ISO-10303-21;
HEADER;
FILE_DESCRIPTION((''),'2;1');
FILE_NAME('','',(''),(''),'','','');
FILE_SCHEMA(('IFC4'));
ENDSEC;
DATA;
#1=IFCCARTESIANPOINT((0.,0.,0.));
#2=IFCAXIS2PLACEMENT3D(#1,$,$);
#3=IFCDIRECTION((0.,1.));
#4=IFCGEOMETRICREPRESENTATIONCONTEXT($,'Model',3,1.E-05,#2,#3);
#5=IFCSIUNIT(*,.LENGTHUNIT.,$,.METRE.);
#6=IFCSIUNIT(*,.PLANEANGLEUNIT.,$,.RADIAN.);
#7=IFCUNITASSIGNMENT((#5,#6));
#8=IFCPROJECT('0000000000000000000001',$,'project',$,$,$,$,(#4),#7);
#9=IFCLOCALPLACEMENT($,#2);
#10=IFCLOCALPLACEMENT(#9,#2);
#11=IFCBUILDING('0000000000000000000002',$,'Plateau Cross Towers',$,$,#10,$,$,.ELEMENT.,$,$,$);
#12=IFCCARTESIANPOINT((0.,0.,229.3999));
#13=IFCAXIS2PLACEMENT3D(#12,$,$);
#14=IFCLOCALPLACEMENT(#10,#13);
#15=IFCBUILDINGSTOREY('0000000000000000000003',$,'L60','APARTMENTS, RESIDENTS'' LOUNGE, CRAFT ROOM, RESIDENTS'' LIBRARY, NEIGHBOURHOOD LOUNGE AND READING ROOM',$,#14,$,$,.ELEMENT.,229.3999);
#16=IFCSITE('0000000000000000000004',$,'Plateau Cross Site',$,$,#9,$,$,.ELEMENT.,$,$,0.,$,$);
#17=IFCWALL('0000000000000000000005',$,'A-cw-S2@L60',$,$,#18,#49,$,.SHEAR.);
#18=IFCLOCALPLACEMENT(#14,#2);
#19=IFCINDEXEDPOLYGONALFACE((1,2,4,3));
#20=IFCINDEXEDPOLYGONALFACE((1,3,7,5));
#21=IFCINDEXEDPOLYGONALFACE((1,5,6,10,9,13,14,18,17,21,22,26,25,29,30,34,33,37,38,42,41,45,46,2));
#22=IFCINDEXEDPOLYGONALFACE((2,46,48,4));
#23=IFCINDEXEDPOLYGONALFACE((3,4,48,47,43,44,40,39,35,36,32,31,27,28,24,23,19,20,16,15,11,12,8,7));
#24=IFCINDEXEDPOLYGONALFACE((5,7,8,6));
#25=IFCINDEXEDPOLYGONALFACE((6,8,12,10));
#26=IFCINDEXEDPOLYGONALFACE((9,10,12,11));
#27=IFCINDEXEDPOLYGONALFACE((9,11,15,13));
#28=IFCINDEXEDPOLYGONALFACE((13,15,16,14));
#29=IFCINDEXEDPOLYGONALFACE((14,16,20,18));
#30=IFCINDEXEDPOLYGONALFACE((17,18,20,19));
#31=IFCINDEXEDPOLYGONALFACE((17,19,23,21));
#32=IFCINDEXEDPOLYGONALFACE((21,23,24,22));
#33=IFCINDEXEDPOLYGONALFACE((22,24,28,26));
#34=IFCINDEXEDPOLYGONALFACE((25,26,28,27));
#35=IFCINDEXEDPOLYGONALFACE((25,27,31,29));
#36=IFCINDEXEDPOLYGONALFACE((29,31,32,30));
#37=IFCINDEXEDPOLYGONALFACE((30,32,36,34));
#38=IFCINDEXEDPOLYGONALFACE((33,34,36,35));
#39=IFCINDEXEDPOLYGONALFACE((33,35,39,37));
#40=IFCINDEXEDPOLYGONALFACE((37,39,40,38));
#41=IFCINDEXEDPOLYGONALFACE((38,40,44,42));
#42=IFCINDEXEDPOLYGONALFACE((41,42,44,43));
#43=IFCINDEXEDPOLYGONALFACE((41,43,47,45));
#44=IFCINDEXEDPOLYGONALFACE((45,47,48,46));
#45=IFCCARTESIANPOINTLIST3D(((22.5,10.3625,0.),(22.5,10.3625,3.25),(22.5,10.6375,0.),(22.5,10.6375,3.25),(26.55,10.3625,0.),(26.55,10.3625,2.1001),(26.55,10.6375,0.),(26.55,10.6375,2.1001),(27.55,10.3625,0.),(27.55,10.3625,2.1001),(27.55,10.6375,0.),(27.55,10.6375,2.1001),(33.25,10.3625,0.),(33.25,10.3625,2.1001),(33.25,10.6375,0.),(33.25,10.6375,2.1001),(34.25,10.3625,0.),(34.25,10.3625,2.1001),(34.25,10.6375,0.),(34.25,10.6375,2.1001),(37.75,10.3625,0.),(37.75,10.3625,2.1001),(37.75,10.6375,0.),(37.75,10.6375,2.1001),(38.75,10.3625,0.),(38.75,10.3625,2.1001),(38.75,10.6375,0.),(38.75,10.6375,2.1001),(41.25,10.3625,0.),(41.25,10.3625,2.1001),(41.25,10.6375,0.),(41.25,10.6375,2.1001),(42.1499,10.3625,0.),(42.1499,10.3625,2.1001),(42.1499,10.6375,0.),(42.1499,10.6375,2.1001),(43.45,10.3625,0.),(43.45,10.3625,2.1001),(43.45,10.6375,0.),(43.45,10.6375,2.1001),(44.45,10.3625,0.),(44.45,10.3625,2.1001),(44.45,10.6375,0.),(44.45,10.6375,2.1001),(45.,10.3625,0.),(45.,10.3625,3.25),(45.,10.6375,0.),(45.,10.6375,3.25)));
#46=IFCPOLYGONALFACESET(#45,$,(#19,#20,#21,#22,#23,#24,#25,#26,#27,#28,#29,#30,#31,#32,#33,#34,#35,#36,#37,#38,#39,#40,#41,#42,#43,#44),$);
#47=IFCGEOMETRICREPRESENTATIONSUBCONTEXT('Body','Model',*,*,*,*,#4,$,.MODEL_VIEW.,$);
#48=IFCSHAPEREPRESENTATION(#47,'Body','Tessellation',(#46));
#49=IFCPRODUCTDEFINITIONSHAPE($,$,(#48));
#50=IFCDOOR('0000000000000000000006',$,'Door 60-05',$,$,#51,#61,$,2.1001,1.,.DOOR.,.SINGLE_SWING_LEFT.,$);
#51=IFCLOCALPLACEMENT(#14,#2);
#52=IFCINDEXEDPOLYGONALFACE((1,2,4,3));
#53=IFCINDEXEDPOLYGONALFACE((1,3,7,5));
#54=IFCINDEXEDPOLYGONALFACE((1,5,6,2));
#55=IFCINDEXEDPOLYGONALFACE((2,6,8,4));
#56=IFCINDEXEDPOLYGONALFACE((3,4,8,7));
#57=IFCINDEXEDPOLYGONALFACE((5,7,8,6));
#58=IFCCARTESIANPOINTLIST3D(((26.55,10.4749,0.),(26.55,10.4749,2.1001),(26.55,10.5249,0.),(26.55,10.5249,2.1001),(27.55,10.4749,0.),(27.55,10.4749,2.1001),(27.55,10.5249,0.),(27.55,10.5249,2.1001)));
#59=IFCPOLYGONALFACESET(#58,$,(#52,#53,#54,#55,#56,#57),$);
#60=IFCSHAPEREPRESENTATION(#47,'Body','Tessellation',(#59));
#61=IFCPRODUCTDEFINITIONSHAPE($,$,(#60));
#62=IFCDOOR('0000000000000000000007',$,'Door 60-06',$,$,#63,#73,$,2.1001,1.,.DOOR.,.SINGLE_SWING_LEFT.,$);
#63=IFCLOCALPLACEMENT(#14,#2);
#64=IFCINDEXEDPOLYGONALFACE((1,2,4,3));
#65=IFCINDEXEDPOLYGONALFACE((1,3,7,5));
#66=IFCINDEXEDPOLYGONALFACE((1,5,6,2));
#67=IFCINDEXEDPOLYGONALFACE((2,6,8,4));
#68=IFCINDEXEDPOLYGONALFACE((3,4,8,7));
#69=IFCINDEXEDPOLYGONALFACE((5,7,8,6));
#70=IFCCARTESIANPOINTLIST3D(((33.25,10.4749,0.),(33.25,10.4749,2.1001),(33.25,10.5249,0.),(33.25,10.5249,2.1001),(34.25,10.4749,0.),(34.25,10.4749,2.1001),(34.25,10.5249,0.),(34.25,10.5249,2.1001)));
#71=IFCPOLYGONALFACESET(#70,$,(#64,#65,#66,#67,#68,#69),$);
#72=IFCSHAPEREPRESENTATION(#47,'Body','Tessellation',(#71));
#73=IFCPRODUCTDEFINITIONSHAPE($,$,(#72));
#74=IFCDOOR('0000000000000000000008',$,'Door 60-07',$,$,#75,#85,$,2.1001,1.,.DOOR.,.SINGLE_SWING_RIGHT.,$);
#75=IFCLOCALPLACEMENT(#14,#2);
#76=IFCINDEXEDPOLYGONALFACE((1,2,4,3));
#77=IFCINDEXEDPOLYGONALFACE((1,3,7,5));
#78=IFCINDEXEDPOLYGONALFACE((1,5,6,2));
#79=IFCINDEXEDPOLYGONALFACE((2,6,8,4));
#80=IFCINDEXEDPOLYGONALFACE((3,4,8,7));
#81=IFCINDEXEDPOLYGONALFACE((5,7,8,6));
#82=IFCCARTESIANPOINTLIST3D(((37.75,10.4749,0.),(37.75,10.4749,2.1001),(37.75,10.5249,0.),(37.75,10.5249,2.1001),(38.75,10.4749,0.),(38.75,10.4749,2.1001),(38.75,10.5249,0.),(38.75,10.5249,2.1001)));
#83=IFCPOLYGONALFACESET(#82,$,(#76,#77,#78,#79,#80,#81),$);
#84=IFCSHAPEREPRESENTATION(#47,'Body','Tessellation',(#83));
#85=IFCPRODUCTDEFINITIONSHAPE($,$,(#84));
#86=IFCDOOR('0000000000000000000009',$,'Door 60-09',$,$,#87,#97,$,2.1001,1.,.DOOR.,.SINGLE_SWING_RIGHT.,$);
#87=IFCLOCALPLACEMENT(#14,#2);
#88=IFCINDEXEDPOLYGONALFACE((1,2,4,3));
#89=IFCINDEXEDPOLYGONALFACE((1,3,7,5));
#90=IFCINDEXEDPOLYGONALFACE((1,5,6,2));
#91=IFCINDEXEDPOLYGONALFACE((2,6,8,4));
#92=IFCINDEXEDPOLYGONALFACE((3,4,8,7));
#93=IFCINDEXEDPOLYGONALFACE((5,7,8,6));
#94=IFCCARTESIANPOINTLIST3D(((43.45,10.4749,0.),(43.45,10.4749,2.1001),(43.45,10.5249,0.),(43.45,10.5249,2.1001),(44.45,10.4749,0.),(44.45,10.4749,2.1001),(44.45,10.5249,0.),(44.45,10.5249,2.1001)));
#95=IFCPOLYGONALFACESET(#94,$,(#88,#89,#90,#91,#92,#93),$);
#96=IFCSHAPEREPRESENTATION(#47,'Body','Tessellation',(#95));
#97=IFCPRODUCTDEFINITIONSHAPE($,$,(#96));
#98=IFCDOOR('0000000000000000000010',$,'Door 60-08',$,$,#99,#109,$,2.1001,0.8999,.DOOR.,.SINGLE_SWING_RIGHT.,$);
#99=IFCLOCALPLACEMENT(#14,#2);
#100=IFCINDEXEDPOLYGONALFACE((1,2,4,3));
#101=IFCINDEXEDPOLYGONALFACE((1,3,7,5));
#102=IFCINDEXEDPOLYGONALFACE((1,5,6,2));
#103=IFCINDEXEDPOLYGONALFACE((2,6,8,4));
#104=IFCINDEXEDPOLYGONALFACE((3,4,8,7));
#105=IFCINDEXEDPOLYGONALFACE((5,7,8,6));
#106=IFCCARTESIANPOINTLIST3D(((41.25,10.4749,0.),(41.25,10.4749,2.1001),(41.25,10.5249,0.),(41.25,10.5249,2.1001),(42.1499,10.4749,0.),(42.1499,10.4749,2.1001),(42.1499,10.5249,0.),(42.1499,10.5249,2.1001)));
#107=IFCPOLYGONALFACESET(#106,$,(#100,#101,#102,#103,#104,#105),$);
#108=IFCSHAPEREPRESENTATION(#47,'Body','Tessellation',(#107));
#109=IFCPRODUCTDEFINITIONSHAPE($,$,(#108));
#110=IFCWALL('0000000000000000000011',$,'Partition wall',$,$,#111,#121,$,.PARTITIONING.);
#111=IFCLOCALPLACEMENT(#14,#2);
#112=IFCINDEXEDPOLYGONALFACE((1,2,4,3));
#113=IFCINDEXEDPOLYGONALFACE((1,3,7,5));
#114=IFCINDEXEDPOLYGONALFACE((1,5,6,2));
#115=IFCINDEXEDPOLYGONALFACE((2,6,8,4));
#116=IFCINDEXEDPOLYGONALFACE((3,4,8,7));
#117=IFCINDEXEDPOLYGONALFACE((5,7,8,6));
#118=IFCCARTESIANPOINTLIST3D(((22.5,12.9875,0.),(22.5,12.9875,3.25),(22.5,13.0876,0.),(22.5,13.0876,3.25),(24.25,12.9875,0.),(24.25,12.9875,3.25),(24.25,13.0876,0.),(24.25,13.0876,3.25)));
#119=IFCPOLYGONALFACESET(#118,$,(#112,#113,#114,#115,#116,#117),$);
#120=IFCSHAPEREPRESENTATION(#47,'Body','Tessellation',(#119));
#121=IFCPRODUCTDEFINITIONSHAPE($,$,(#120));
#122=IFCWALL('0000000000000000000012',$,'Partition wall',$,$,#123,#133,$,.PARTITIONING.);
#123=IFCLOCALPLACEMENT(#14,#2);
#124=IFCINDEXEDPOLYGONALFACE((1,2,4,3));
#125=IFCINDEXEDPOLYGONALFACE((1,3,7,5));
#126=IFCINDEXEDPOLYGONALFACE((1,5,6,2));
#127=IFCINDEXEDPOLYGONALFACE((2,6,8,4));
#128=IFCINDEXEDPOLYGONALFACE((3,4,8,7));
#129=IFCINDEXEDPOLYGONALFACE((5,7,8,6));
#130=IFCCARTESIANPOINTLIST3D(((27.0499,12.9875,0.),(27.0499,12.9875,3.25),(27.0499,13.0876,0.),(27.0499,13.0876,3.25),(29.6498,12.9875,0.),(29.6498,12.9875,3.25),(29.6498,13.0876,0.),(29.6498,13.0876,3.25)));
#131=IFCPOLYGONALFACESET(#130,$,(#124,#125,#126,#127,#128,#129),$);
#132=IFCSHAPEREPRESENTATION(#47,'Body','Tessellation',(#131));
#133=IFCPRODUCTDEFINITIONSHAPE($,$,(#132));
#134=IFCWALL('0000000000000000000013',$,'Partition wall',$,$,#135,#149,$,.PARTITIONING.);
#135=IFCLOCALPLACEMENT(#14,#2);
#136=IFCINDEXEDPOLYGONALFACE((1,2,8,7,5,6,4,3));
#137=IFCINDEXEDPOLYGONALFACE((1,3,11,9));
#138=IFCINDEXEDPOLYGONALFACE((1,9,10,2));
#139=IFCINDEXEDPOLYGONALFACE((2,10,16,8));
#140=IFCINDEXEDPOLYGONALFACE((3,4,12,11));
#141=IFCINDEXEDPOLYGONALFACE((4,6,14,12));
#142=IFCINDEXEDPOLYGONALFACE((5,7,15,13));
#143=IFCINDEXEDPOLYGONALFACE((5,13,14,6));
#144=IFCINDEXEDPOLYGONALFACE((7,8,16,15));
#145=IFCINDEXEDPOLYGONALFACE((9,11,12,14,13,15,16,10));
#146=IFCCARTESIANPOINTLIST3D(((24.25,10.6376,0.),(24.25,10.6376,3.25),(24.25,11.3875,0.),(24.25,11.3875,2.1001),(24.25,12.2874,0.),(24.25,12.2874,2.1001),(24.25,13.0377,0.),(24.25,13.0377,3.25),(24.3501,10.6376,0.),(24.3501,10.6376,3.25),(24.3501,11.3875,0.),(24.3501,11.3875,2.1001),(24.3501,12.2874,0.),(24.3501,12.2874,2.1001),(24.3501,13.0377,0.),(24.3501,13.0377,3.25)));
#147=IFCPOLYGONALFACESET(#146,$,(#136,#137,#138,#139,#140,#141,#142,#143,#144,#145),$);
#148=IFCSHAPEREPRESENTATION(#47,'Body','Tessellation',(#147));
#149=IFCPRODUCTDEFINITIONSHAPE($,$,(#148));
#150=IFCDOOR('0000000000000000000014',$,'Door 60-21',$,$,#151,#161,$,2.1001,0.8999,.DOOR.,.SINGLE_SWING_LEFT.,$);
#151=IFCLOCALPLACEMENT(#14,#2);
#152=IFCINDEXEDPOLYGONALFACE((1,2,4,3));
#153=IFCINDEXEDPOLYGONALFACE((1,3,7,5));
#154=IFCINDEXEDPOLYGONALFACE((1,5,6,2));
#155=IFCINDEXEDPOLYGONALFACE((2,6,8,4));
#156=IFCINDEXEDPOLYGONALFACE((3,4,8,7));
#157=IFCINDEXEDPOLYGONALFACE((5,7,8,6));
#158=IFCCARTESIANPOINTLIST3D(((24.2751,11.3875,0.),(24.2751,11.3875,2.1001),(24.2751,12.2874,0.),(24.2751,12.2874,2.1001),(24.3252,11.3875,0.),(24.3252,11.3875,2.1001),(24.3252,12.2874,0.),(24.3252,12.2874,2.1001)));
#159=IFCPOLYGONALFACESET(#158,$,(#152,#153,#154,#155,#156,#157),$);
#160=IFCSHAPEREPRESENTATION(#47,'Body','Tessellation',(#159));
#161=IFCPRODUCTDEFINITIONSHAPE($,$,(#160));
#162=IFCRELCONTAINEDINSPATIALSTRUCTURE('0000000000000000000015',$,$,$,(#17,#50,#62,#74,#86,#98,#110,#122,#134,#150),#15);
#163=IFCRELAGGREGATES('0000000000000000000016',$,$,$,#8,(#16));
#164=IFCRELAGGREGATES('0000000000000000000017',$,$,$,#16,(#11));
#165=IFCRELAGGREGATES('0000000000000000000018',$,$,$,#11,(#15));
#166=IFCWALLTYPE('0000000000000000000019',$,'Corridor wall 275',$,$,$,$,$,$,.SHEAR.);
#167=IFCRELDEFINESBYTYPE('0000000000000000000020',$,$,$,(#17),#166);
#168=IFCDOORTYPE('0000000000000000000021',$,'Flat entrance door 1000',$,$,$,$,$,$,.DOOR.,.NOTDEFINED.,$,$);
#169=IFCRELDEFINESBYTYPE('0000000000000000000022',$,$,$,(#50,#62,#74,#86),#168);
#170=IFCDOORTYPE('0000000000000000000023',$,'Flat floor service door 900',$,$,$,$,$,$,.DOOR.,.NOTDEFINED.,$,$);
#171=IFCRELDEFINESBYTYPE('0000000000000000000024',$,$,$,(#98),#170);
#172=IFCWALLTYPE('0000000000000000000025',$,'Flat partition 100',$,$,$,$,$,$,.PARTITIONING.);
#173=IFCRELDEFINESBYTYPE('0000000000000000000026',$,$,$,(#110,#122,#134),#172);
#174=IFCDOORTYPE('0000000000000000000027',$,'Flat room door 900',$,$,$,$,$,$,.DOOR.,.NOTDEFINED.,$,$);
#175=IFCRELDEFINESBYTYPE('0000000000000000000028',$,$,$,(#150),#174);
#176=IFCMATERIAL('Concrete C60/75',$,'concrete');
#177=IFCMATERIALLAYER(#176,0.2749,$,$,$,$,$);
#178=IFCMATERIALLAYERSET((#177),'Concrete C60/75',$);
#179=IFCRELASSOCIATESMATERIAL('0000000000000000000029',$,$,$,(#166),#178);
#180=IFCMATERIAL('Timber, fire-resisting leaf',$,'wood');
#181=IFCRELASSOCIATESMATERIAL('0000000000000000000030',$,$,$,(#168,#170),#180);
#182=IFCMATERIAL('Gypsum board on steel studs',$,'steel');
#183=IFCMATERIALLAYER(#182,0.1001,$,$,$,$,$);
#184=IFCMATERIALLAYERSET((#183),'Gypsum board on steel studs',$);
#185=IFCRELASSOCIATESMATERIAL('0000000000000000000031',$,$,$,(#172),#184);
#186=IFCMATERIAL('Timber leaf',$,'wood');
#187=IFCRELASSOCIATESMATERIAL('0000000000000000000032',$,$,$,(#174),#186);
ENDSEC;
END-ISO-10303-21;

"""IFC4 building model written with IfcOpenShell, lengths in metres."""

from ifc_helpers import new_model, si_unit, direction, frame, frame_2d, origin, place, context, subcontext, project, spatial, rectangle, extrude, material, layer, layer_set, type_object, element, fill, save


model = new_model("IFC4")

# Units and contexts
model_context = context("Model", 3, precision=1e-05, world=origin(), true_north=direction((0.0, 1.0)))
body_context = subcontext(model_context, "Body", "Model", "MODEL_VIEW")
ifc_project = project(units=[si_unit("LENGTHUNIT", "METRE"), si_unit("PLANEANGLEUNIT", "RADIAN")], contexts=[model_context])

# Site, building, storey
site_placement = place(None, origin())
site = spatial("IfcSite", under=ifc_project, at=site_placement, Name="Plateau Cross Site", CompositionType="ELEMENT", RefElevation=0.0)
building_placement = place(site_placement, origin())
building = spatial("IfcBuilding", under=site, at=building_placement, Name="Plateau Cross Towers", CompositionType="ELEMENT")
storey_placement = place(building_placement, frame((0.0, 0.0, 229.3999)))
storey = spatial("IfcBuildingStorey", under=building, at=storey_placement, Name="L60", Description="APARTMENTS, RESIDENTS' LOUNGE, CRAFT ROOM, RESIDENTS' LIBRARY, NEIGHBOURHOOD LOUNGE AND READING ROOM", CompositionType="ELEMENT", Elevation=229.3999)

# Shared definitions
ifc_material_1 = material(Name="Concrete C60/75", Category="concrete")

# Wall, openings, doors
ifc_layer_1 = layer(ifc_material_1, 0.2749)
ifc_layer_set_1 = layer_set([ifc_layer_1], Name="Concrete C60/75")
wall_type_1 = type_object("IfcWallType", Name="Corridor wall 275", PredefinedType="SHEAR", material=ifc_layer_set_1)
wall_1_placement = place(storey_placement, frame((22.5, 10.5, 0.0), z_axis=(0.0, 0.0, 1.0), x_axis=(1.0, 0.0, 0.0)))
wall_1 = element("IfcWall", 1, at=wall_1_placement, inside=storey, type_object=wall_type_1, Name="A-cw-S2@L60", PredefinedType="SHEAR", context=body_context, shape_type="SweptSolid", body=[
    extrude(rectangle(XDim=22.5, YDim=0.2749, at=frame_2d((11.25, 0.0))), origin(), (0.0, 0.0, 1.0), 3.25),
])
opening_1_placement = place(wall_1_placement, frame((4.05, 0.0, 0.0)))
opening_1 = element("IfcOpeningElement", 2, at=opening_1_placement, cuts=wall_1, PredefinedType="OPENING", context=body_context, shape_type="SweptSolid", body=[
    extrude(rectangle(XDim=1.0, YDim=2.1001, at=frame_2d((0.5, 1.05))), frame((0.0, 0.1475, 0.0), z_axis=(0.0, -1.0, 0.0), x_axis=(1.0, 0.0, 0.0)), (0.0, 0.0, 1.0), 0.2949),
])
opening_2_placement = place(wall_1_placement, frame((10.75, 0.0, 0.0)))
opening_2 = element("IfcOpeningElement", 3, at=opening_2_placement, cuts=wall_1, PredefinedType="OPENING", context=body_context, shape_type="SweptSolid", body=[
    extrude(rectangle(XDim=1.0, YDim=2.1001, at=frame_2d((0.5, 1.05))), frame((0.0, 0.1475, 0.0), z_axis=(0.0, -1.0, 0.0), x_axis=(1.0, 0.0, 0.0)), (0.0, 0.0, 1.0), 0.2949),
])
opening_3_placement = place(wall_1_placement, frame((15.25, 0.0, 0.0)))
opening_3 = element("IfcOpeningElement", 4, at=opening_3_placement, cuts=wall_1, PredefinedType="OPENING", context=body_context, shape_type="SweptSolid", body=[
    extrude(rectangle(XDim=1.0, YDim=2.1001, at=frame_2d((0.5, 1.05))), frame((0.0, 0.1475, 0.0), z_axis=(0.0, -1.0, 0.0), x_axis=(1.0, 0.0, 0.0)), (0.0, 0.0, 1.0), 0.2949),
])
opening_4_placement = place(wall_1_placement, frame((18.75, 0.0, 0.0)))
opening_4 = element("IfcOpeningElement", 5, at=opening_4_placement, cuts=wall_1, PredefinedType="OPENING", context=body_context, shape_type="SweptSolid", body=[
    extrude(rectangle(XDim=0.8999, YDim=2.1001, at=frame_2d((0.45, 1.05))), frame((0.0, 0.1475, 0.0), z_axis=(0.0, -1.0, 0.0), x_axis=(1.0, 0.0, 0.0)), (0.0, 0.0, 1.0), 0.2949),
])
opening_5_placement = place(wall_1_placement, frame((20.95, 0.0, 0.0)))
opening_5 = element("IfcOpeningElement", 6, at=opening_5_placement, cuts=wall_1, PredefinedType="OPENING", context=body_context, shape_type="SweptSolid", body=[
    extrude(rectangle(XDim=1.0, YDim=2.1001, at=frame_2d((0.5, 1.05))), frame((0.0, 0.1475, 0.0), z_axis=(0.0, -1.0, 0.0), x_axis=(1.0, 0.0, 0.0)), (0.0, 0.0, 1.0), 0.2949),
])
ifc_material_2 = material(Name="Timber, fire-resisting leaf", Category="wood")
door_type_1 = type_object("IfcDoorType", Name="Flat entrance door 1000", OperationType="NOTDEFINED", PredefinedType="DOOR", material=ifc_material_2)
door_1_placement = place(opening_1_placement, origin())
door_1 = element("IfcDoor", 7, at=door_1_placement, inside=storey, type_object=door_type_1, Name="Door 60-05", OperationType="SINGLE_SWING_LEFT", OverallHeight=2.1001, OverallWidth=1.0, PredefinedType="DOOR", context=body_context, shape_type="SweptSolid", body=[
    extrude(rectangle(XDim=1.0, YDim=2.1001, at=frame_2d((0.5, 1.05))), frame((0.0, 0.0249, 0.0), z_axis=(0.0, -1.0, 0.0), x_axis=(1.0, 0.0, 0.0)), (0.0, 0.0, 1.0), 0.05),
])
fill(opening_1, door_1)
door_2_placement = place(opening_2_placement, origin())
door_2 = element("IfcDoor", 8, at=door_2_placement, inside=storey, type_object=door_type_1, Name="Door 60-06", OperationType="SINGLE_SWING_LEFT", OverallHeight=2.1001, OverallWidth=1.0, PredefinedType="DOOR", context=body_context, shape_type="SweptSolid", body=[
    extrude(rectangle(XDim=1.0, YDim=2.1001, at=frame_2d((0.5, 1.05))), frame((0.0, 0.0249, 0.0), z_axis=(0.0, -1.0, 0.0), x_axis=(1.0, 0.0, 0.0)), (0.0, 0.0, 1.0), 0.05),
])
fill(opening_2, door_2)
door_3_placement = place(opening_3_placement, origin())
door_3 = element("IfcDoor", 9, at=door_3_placement, inside=storey, type_object=door_type_1, Name="Door 60-07", OperationType="SINGLE_SWING_RIGHT", OverallHeight=2.1001, OverallWidth=1.0, PredefinedType="DOOR", context=body_context, shape_type="SweptSolid", body=[
    extrude(rectangle(XDim=1.0, YDim=2.1001, at=frame_2d((0.5, 1.05))), frame((0.0, 0.0249, 0.0), z_axis=(0.0, -1.0, 0.0), x_axis=(1.0, 0.0, 0.0)), (0.0, 0.0, 1.0), 0.05),
])
fill(opening_3, door_3)
door_4_placement = place(opening_5_placement, origin())
door_4 = element("IfcDoor", 10, at=door_4_placement, inside=storey, type_object=door_type_1, Name="Door 60-09", OperationType="SINGLE_SWING_RIGHT", OverallHeight=2.1001, OverallWidth=1.0, PredefinedType="DOOR", context=body_context, shape_type="SweptSolid", body=[
    extrude(rectangle(XDim=1.0, YDim=2.1001, at=frame_2d((0.5, 1.05))), frame((0.0, 0.0249, 0.0), z_axis=(0.0, -1.0, 0.0), x_axis=(1.0, 0.0, 0.0)), (0.0, 0.0, 1.0), 0.05),
])
fill(opening_5, door_4)
door_type_2 = type_object("IfcDoorType", Name="Flat floor service door 900", OperationType="NOTDEFINED", PredefinedType="DOOR", material=ifc_material_2)
door_5_placement = place(opening_4_placement, origin())
door_5 = element("IfcDoor", 11, at=door_5_placement, inside=storey, type_object=door_type_2, Name="Door 60-08", OperationType="SINGLE_SWING_RIGHT", OverallHeight=2.1001, OverallWidth=0.8999, PredefinedType="DOOR", context=body_context, shape_type="SweptSolid", body=[
    extrude(rectangle(XDim=0.8999, YDim=2.1001, at=frame_2d((0.45, 1.05))), frame((0.0, 0.0249, 0.0), z_axis=(0.0, -1.0, 0.0), x_axis=(1.0, 0.0, 0.0)), (0.0, 0.0, 1.0), 0.05),
])
fill(opening_4, door_5)

# Walls
ifc_material_3 = material(Name="Gypsum board on steel studs", Category="steel")
ifc_layer_2 = layer(ifc_material_3, 0.1001)
ifc_layer_set_2 = layer_set([ifc_layer_2], Name="Gypsum board on steel studs")
wall_type_2 = type_object("IfcWallType", Name="Flat partition 100", PredefinedType="PARTITIONING", material=ifc_layer_set_2)
wall_2_placement = place(storey_placement, frame((24.25, 13.0376, 0.0), z_axis=(0.0, 0.0, 1.0), x_axis=(-1.0, 0.0, 0.0)))
element("IfcWall", 12, at=wall_2_placement, inside=storey, type_object=wall_type_2, Name="Partition wall", PredefinedType="PARTITIONING", context=body_context, shape_type="SweptSolid", body=[
    extrude(rectangle(XDim=1.75, YDim=0.1001, at=frame_2d((0.875, 0.0))), origin(), (0.0, 0.0, 1.0), 3.25),
])
wall_3_placement = place(storey_placement, frame((27.05, 13.0376, 0.0), z_axis=(0.0, 0.0, 1.0), x_axis=(1.0, 0.0, 0.0)))
element("IfcWall", 13, at=wall_3_placement, inside=storey, type_object=wall_type_2, Name="Partition wall", PredefinedType="PARTITIONING", context=body_context, shape_type="SweptSolid", body=[
    extrude(rectangle(XDim=2.5999, YDim=0.1001, at=frame_2d((1.2998, 0.0))), origin(), (0.0, 0.0, 1.0), 3.25),
])

# Wall, opening, door
wall_4_placement = place(storey_placement, frame((24.3, 10.6375, 0.0), z_axis=(0.0, 0.0, 1.0), x_axis=(0.0, 1.0, 0.0)))
wall_4 = element("IfcWall", 14, at=wall_4_placement, inside=storey, type_object=wall_type_2, Name="Partition wall", PredefinedType="PARTITIONING", context=body_context, shape_type="SweptSolid", body=[
    extrude(rectangle(XDim=2.4001, YDim=0.1001, at=frame_2d((1.2002, 0.0))), origin(), (0.0, 0.0, 1.0), 3.25),
])
opening_6_placement = place(wall_4_placement, frame((0.75, 0.0, 0.0)))
opening_6 = element("IfcOpeningElement", 15, at=opening_6_placement, cuts=wall_4, PredefinedType="OPENING", context=body_context, shape_type="SweptSolid", body=[
    extrude(rectangle(XDim=0.8999, YDim=2.1001, at=frame_2d((0.45, 1.05))), frame((0.0, 0.0601, 0.0), z_axis=(0.0, -1.0, 0.0), x_axis=(1.0, 0.0, 0.0)), (0.0, 0.0, 1.0), 0.1201),
])
ifc_material_4 = material(Name="Timber leaf", Category="wood")
door_type_3 = type_object("IfcDoorType", Name="Flat room door 900", OperationType="NOTDEFINED", PredefinedType="DOOR", material=ifc_material_4)
door_6_placement = place(opening_6_placement, origin())
door_6 = element("IfcDoor", 16, at=door_6_placement, inside=storey, type_object=door_type_3, Name="Door 60-21", OperationType="SINGLE_SWING_LEFT", OverallHeight=2.1001, OverallWidth=0.8999, PredefinedType="DOOR", context=body_context, shape_type="SweptSolid", body=[
    extrude(rectangle(XDim=0.8999, YDim=2.1001, at=frame_2d((0.45, 1.05))), frame((0.0, 0.0249, 0.0), z_axis=(0.0, -1.0, 0.0), x_axis=(1.0, 0.0, 0.0)), (0.0, 0.0, 1.0), 0.05),
])
fill(opening_6, door_6)

save(model, "model.ifc")
